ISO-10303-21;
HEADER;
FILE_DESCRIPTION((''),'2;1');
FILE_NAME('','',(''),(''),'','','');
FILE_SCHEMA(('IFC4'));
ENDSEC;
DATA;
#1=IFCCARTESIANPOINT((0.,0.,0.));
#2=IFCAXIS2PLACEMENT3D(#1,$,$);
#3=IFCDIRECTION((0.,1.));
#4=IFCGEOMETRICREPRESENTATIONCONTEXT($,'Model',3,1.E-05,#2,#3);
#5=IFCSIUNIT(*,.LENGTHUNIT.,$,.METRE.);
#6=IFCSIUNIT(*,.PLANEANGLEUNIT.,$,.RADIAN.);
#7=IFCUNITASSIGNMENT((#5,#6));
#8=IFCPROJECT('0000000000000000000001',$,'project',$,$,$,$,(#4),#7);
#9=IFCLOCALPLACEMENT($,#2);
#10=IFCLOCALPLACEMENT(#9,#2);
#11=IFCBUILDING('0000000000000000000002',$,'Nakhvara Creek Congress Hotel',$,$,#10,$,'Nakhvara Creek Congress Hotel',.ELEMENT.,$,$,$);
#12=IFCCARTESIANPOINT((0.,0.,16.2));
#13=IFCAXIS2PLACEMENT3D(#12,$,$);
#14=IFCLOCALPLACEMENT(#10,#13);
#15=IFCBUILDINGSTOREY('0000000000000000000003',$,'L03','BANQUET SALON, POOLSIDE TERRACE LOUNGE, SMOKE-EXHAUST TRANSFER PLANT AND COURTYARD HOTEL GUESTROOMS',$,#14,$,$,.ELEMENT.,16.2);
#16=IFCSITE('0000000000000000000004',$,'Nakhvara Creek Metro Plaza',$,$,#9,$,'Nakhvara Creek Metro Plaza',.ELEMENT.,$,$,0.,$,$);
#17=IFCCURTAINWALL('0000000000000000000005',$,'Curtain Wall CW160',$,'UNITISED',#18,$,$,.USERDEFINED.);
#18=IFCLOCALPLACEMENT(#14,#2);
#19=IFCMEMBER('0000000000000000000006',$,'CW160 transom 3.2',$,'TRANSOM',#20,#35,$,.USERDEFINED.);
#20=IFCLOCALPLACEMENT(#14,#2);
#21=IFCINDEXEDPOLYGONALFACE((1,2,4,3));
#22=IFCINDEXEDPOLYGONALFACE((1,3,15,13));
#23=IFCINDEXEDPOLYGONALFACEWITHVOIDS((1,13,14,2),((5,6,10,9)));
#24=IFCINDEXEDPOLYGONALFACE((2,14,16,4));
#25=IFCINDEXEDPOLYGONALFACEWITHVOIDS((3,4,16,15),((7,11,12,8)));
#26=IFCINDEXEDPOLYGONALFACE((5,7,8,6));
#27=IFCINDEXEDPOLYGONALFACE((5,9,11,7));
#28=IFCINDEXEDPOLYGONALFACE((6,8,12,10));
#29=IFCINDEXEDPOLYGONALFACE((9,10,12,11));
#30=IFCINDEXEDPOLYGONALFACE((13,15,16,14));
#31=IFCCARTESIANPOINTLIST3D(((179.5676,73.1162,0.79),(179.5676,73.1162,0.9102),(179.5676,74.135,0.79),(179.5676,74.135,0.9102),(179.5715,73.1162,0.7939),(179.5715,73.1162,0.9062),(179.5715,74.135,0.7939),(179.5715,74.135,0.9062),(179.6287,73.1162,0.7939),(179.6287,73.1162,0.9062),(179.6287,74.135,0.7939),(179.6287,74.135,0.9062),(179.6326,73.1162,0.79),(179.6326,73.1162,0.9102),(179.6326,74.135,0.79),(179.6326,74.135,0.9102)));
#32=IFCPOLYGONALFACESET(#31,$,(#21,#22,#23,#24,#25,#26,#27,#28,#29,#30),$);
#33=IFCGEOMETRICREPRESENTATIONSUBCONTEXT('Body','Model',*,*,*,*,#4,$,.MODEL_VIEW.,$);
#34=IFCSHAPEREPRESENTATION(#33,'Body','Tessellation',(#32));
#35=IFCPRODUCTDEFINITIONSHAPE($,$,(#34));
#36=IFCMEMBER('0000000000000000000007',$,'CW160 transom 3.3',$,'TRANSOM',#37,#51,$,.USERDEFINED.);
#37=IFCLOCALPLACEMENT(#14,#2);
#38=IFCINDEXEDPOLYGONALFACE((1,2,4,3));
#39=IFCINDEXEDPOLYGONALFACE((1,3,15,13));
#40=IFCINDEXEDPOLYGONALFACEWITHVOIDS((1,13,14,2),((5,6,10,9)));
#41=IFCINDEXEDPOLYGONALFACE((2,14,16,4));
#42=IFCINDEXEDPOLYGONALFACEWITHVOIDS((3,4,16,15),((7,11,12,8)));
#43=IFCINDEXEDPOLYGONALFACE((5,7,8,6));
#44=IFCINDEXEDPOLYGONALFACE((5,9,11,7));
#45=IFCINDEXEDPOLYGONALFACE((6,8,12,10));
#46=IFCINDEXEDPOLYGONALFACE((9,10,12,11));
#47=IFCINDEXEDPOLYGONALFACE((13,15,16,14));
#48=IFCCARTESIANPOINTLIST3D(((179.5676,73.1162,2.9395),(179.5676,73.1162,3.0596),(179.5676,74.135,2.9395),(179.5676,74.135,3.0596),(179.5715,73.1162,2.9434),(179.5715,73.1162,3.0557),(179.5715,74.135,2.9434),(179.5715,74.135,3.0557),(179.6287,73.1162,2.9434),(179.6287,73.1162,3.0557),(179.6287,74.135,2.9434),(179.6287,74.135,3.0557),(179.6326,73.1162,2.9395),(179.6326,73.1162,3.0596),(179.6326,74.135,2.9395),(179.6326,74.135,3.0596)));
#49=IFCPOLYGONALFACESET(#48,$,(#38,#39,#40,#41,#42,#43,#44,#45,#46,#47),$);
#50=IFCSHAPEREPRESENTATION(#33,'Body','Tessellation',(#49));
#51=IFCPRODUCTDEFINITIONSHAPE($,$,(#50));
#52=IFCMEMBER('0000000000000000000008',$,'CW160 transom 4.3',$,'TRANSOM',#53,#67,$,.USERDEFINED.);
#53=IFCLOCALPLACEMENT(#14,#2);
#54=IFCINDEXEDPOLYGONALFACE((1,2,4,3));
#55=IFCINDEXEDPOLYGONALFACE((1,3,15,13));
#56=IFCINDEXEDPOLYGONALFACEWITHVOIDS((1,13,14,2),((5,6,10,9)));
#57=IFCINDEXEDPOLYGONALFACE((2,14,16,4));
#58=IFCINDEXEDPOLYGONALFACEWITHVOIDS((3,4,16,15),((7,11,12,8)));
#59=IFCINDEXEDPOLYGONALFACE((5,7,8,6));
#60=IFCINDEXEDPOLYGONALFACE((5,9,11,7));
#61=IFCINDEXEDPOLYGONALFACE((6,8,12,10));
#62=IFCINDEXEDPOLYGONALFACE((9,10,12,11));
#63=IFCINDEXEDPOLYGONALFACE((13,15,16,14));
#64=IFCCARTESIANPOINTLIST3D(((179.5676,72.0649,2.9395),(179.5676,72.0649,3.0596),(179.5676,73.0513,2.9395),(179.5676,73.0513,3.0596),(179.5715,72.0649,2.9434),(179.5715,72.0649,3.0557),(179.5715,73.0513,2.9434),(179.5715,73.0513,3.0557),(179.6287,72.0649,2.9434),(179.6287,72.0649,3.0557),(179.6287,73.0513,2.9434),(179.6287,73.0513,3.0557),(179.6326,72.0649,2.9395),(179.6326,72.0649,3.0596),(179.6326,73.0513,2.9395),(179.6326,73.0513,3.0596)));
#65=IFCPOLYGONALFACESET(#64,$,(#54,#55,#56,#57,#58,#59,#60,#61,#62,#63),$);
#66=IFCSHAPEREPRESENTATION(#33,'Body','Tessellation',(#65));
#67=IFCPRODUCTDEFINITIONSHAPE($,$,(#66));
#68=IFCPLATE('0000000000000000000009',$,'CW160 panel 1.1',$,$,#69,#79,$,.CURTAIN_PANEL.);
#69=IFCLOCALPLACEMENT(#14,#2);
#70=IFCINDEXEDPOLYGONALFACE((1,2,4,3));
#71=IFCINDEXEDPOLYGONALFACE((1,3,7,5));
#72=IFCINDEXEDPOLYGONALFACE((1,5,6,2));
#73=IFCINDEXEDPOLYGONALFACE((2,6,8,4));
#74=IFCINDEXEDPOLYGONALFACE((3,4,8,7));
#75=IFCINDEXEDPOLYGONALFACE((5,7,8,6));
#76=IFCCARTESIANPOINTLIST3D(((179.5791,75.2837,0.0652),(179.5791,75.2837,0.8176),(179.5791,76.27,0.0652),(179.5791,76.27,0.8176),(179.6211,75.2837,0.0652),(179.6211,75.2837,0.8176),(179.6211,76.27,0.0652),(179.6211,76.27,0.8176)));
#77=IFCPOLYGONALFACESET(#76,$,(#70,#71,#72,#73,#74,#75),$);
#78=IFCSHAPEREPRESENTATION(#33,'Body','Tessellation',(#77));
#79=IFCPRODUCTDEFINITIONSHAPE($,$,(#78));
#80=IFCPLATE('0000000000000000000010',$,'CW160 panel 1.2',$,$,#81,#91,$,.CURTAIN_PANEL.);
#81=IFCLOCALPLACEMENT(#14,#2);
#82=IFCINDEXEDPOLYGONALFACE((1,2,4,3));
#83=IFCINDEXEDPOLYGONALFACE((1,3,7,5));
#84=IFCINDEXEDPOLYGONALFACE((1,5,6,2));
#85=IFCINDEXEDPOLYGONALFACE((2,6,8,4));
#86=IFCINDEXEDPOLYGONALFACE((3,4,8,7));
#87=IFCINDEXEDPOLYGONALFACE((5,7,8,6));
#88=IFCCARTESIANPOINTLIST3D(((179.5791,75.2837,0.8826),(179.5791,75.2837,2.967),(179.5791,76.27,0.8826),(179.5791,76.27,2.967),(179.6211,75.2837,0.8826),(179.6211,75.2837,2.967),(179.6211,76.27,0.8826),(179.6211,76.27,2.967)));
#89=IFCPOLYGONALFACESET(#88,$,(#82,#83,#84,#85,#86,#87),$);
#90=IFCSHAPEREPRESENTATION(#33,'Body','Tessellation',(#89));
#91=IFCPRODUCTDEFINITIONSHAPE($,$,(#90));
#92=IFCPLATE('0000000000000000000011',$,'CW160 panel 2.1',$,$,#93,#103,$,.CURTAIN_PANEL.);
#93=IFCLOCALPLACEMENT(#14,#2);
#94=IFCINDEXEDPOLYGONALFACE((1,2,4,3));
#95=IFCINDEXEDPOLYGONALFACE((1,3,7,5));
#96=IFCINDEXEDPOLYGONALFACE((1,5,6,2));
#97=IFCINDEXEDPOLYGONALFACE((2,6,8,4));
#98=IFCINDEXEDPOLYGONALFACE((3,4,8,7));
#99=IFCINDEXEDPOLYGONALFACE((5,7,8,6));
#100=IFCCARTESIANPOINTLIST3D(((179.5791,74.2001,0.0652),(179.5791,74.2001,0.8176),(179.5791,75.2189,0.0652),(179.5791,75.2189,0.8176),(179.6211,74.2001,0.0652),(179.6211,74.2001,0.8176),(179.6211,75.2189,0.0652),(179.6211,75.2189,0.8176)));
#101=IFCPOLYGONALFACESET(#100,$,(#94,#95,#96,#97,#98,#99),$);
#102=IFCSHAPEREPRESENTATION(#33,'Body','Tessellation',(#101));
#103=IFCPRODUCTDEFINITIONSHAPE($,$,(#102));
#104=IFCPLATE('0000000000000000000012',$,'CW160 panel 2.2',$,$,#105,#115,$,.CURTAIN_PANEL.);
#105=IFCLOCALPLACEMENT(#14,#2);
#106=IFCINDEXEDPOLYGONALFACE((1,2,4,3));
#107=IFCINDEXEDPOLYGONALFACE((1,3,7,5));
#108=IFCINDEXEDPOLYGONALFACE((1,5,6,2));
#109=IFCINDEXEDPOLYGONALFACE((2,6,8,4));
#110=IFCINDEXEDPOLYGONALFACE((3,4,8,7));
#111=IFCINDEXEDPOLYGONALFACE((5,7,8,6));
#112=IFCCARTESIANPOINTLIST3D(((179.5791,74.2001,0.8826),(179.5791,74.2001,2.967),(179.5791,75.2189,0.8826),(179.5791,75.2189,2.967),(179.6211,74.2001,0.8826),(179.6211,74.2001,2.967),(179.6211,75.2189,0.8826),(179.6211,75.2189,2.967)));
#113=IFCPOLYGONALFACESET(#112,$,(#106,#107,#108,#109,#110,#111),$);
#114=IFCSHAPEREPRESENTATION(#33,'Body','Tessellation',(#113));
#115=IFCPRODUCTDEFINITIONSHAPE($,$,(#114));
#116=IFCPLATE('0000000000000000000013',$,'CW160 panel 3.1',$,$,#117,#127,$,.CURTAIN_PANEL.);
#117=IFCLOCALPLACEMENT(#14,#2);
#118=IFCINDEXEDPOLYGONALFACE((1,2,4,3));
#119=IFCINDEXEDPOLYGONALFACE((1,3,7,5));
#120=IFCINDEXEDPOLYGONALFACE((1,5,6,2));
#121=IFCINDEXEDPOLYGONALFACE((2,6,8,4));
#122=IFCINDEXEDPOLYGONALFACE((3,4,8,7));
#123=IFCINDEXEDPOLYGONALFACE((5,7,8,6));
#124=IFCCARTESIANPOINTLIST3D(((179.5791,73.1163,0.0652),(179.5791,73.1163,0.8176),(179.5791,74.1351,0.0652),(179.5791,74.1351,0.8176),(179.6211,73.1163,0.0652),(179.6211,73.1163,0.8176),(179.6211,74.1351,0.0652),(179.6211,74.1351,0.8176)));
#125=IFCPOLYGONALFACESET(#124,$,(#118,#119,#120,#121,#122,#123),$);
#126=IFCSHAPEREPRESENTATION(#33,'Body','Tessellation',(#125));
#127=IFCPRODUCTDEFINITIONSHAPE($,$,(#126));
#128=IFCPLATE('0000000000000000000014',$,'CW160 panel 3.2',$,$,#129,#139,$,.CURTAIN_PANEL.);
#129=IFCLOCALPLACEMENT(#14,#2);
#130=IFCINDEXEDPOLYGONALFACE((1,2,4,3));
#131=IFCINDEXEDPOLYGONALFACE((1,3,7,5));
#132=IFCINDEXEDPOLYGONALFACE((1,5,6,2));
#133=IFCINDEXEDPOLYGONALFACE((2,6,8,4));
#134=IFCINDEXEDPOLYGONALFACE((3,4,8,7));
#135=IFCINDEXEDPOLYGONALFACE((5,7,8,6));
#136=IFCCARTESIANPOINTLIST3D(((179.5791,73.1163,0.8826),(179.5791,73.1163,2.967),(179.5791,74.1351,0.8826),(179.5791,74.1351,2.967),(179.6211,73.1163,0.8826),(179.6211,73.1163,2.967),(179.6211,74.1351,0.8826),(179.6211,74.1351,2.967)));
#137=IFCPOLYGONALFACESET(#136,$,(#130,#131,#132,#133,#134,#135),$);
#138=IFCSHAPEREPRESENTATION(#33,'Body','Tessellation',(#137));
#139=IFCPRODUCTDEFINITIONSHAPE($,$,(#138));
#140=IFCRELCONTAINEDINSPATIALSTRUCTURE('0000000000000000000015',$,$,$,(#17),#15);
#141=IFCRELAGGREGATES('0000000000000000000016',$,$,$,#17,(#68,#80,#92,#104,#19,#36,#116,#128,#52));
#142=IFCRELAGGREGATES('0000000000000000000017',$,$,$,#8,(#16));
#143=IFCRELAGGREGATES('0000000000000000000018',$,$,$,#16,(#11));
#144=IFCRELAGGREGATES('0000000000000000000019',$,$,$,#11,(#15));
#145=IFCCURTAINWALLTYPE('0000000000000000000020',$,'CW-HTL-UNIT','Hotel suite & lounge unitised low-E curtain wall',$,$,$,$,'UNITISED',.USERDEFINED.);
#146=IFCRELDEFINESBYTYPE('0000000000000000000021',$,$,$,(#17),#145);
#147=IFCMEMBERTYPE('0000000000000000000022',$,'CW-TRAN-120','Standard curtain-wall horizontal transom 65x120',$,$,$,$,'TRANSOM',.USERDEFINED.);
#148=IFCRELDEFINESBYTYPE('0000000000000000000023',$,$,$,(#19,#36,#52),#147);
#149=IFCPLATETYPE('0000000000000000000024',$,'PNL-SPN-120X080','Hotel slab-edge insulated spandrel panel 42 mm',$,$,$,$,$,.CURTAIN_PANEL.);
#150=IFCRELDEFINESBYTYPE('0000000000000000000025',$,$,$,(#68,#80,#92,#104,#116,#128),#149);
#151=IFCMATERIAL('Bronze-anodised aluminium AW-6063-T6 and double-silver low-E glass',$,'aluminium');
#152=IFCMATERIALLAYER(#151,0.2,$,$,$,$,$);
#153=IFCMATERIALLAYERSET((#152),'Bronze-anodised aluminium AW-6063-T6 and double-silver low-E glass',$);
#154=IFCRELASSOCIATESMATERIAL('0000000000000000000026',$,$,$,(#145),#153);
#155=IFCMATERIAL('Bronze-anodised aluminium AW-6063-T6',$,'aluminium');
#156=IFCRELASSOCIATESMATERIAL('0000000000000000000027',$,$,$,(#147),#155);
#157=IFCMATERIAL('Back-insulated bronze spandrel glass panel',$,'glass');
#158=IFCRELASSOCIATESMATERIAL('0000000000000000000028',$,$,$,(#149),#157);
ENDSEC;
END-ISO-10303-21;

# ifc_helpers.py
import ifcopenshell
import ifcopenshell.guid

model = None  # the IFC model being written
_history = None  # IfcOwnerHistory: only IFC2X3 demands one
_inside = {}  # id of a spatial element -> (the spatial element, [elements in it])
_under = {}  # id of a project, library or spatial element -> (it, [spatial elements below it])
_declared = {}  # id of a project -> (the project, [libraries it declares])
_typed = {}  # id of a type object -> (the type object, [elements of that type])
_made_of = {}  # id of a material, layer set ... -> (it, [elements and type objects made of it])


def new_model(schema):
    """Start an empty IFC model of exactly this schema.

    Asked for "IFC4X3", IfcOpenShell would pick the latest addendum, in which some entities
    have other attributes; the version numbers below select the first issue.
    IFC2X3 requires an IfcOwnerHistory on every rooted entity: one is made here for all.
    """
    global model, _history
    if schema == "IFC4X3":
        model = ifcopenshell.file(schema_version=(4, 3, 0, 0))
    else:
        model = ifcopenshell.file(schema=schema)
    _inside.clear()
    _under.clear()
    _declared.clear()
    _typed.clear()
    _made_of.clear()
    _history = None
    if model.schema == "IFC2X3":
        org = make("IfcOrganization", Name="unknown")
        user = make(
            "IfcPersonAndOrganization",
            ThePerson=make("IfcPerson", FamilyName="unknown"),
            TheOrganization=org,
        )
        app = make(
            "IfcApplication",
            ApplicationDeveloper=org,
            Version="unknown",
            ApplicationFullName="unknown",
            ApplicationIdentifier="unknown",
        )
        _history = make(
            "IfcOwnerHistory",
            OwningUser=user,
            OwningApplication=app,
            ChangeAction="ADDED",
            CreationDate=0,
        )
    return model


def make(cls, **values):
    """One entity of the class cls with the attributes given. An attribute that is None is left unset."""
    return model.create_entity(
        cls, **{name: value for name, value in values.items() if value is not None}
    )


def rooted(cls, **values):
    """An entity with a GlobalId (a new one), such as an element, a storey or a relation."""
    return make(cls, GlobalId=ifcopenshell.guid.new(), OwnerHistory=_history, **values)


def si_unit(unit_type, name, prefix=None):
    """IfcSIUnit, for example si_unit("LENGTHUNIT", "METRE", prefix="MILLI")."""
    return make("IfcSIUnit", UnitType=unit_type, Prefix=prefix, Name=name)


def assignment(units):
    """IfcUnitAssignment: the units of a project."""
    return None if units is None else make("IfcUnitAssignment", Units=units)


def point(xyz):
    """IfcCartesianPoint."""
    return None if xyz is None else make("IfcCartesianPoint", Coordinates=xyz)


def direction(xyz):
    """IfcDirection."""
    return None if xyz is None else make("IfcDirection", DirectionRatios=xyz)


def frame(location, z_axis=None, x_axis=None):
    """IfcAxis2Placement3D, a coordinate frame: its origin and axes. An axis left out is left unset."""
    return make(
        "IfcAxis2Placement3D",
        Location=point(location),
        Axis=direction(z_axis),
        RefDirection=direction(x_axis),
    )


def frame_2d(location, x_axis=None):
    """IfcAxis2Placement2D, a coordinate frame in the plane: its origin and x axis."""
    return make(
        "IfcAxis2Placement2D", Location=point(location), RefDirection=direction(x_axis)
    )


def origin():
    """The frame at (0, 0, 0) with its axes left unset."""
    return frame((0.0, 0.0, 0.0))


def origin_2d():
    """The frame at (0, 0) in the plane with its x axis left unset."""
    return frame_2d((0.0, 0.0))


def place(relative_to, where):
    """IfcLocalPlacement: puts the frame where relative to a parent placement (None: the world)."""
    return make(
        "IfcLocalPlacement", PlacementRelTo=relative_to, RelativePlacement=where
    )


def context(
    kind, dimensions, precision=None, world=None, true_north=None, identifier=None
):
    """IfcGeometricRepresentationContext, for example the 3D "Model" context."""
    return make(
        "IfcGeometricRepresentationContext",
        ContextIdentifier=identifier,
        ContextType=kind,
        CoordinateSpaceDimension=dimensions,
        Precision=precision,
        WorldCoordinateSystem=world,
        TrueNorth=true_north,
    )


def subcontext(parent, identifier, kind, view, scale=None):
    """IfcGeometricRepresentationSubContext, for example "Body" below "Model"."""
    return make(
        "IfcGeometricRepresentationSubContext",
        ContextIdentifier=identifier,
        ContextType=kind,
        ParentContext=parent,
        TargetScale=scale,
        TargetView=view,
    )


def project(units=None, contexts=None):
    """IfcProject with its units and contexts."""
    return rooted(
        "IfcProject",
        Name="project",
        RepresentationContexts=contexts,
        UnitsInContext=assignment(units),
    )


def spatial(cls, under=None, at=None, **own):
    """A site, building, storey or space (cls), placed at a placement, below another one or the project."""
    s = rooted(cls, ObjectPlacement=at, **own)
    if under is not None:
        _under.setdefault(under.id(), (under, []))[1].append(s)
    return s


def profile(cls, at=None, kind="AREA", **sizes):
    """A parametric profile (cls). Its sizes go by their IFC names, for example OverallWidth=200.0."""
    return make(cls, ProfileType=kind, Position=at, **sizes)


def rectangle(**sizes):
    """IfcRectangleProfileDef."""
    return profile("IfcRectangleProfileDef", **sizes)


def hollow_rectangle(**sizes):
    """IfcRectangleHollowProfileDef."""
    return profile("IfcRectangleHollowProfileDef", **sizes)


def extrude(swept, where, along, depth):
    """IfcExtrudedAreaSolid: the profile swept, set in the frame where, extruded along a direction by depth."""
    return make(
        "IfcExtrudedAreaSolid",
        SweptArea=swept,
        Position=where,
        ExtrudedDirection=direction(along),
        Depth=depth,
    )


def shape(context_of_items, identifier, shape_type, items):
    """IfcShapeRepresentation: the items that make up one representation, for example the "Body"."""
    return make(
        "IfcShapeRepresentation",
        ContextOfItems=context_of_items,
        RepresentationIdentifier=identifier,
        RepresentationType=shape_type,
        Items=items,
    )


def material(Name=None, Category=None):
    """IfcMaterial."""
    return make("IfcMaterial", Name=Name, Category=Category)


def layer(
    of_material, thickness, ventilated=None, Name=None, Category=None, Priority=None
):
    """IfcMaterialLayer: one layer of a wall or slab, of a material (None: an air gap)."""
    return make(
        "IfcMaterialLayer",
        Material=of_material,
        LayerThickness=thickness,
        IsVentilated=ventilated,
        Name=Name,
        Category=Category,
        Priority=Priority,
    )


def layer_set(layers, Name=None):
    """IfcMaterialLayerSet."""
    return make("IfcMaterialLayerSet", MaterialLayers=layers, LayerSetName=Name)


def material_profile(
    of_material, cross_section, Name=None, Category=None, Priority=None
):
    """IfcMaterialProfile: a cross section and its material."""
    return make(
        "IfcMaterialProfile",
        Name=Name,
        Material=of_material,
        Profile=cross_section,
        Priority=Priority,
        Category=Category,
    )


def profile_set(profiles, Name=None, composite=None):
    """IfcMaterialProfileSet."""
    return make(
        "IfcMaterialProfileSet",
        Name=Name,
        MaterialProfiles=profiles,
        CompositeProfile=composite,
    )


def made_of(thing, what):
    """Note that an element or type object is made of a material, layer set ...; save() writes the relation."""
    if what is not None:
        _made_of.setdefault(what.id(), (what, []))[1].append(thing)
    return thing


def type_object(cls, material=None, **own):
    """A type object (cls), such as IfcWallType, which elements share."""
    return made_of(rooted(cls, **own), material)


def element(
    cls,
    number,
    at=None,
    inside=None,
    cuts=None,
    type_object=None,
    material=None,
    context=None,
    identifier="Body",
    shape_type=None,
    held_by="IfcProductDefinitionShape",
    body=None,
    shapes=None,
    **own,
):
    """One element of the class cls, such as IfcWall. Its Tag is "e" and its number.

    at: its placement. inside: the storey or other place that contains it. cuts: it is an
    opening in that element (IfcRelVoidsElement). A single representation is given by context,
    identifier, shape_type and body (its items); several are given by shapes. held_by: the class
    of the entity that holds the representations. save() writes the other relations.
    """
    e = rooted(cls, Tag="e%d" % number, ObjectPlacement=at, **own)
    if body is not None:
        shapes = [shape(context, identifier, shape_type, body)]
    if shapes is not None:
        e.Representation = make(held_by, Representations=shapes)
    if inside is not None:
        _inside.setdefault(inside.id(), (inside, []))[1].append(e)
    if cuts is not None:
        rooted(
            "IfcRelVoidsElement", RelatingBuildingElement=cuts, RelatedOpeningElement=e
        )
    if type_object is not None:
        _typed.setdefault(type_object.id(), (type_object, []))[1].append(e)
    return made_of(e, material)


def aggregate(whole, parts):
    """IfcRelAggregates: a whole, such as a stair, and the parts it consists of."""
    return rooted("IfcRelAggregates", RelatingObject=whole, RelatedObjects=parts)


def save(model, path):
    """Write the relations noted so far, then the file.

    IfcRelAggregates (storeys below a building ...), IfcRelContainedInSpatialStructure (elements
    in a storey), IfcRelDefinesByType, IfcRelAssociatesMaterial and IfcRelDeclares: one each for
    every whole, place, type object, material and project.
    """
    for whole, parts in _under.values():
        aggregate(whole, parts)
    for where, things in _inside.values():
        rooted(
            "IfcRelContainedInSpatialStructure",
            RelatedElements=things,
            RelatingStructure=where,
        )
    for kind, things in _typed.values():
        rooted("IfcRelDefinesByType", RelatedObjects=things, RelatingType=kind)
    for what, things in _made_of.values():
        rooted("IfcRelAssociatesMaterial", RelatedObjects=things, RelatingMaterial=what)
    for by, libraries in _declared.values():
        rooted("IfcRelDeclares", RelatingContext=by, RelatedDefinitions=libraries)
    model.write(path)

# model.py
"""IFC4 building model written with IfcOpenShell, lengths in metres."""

from ifc_helpers import new_model, si_unit, direction, frame, origin, origin_2d, place, context, subcontext, project, spatial, rectangle, hollow_rectangle, extrude, material, layer, layer_set, material_profile, profile_set, type_object, element, aggregate, save


model = new_model("IFC4")

# Units and contexts
model_context = context("Model", 3, precision=1e-05, world=origin(), true_north=direction((0.0, 1.0)))
body_context = subcontext(model_context, "Body", "Model", "MODEL_VIEW")
ifc_project = project(units=[si_unit("LENGTHUNIT", "METRE"), si_unit("PLANEANGLEUNIT", "RADIAN")], contexts=[model_context])

# Site, building, storey
site_placement = place(None, origin())
site = spatial("IfcSite", under=ifc_project, at=site_placement, Name="Nakhvara Creek Metro Plaza", LongName="Nakhvara Creek Metro Plaza", CompositionType="ELEMENT", RefElevation=0.0)
building_placement = place(site_placement, origin())
building = spatial("IfcBuilding", under=site, at=building_placement, Name="Nakhvara Creek Congress Hotel", LongName="Nakhvara Creek Congress Hotel", CompositionType="ELEMENT")
storey_placement = place(building_placement, frame((0.0, 0.0, 16.2)))
storey = spatial("IfcBuildingStorey", under=building, at=storey_placement, Name="L03", Description="BANQUET SALON, POOLSIDE TERRACE LOUNGE, SMOKE-EXHAUST TRANSFER PLANT AND COURTYARD HOTEL GUESTROOMS", CompositionType="ELEMENT", Elevation=16.2)

# Curtain wall, members, plates
ifc_material_1 = material(Name="Bronze-anodised aluminium AW-6063-T6 and double-silver low-E glass", Category="aluminium")
ifc_layer = layer(ifc_material_1, 0.2)
ifc_layer_set = layer_set([ifc_layer], Name="Bronze-anodised aluminium AW-6063-T6 and double-silver low-E glass")
curtain_wall_type = type_object("IfcCurtainWallType", Name="CW-HTL-UNIT", Description="Hotel suite & lounge unitised low-E curtain wall", ElementType="UNITISED", PredefinedType="USERDEFINED", material=ifc_layer_set)
curtain_wall_placement = place(storey_placement, origin())
curtain_wall = element("IfcCurtainWall", 1, at=curtain_wall_placement, inside=storey, type_object=curtain_wall_type, Name="Curtain Wall CW160", ObjectType="UNITISED", PredefinedType="USERDEFINED")
ifc_material_2 = material(Name="Bronze-anodised aluminium AW-6063-T6", Category="aluminium")
ifc_material_profile_1 = material_profile(ifc_material_2, hollow_rectangle(XDim=0.0649, YDim=0.1201, WallThickness=0.0039, at=origin_2d()), Name="ALU-TRAN 65x120x4", Category="LoadBearing")
ifc_profile_set_1 = profile_set([ifc_material_profile_1], Name="Bronze-anodised aluminium AW-6063-T6")
member_type_1 = type_object("IfcMemberType", Name="CW-TRAN-120", Description="Standard curtain-wall horizontal transom 65x120", ElementType="TRANSOM", PredefinedType="USERDEFINED", material=ifc_profile_set_1)
member_1_placement = place(storey_placement, frame((179.6001, 74.135, 0.8501), z_axis=(0.0, -1.0, 0.0), x_axis=(1.0, 0.0, 0.0)))
member_1 = element("IfcMember", 2, at=member_1_placement, type_object=member_type_1, Name="CW160 transom 3.2", ObjectType="TRANSOM", PredefinedType="USERDEFINED", context=body_context, shape_type="SweptSolid", body=[
    extrude(hollow_rectangle(XDim=0.0649, YDim=0.1201, WallThickness=0.0039, at=origin_2d()), origin(), (0.0, 0.0, 1.0), 1.0188),
])
member_2_placement = place(storey_placement, frame((179.6001, 74.135, 2.9995), z_axis=(0.0, -1.0, 0.0), x_axis=(1.0, 0.0, 0.0)))
member_2 = element("IfcMember", 3, at=member_2_placement, type_object=member_type_1, Name="CW160 transom 3.3", ObjectType="TRANSOM", PredefinedType="USERDEFINED", context=body_context, shape_type="SweptSolid", body=[
    extrude(hollow_rectangle(XDim=0.0649, YDim=0.1201, WallThickness=0.0039, at=origin_2d()), origin(), (0.0, 0.0, 1.0), 1.0188),
])
member_3_placement = place(storey_placement, frame((179.6001, 73.0513, 2.9995), z_axis=(0.0, -1.0, 0.0), x_axis=(1.0, 0.0, 0.0)))
member_3 = element("IfcMember", 4, at=member_3_placement, type_object=member_type_1, Name="CW160 transom 4.3", ObjectType="TRANSOM", PredefinedType="USERDEFINED", context=body_context, shape_type="SweptSolid", body=[
    extrude(hollow_rectangle(XDim=0.0649, YDim=0.1201, WallThickness=0.0039, at=origin_2d()), origin(), (0.0, 0.0, 1.0), 0.9863),
])
ifc_material_3 = material(Name="Back-insulated bronze spandrel glass panel", Category="glass")
plate_type = type_object("IfcPlateType", Name="PNL-SPN-120X080", Description="Hotel slab-edge insulated spandrel panel 42 mm", PredefinedType="CURTAIN_PANEL", material=ifc_material_3)
plate_1_placement = place(storey_placement, frame((179.6001, 75.7769, 0.0652), z_axis=(0.0, 0.0, 1.0), x_axis=(0.0, -1.0, 0.0)))
plate_1 = element("IfcPlate", 5, at=plate_1_placement, type_object=plate_type, Name="CW160 panel 1.1", PredefinedType="CURTAIN_PANEL", context=body_context, shape_type="SweptSolid", body=[
    extrude(rectangle(XDim=0.9863, YDim=0.042, at=origin_2d()), origin(), (0.0, 0.0, 1.0), 0.7524),
])
plate_2_placement = place(storey_placement, frame((179.6001, 75.7769, 0.8826), z_axis=(0.0, 0.0, 1.0), x_axis=(0.0, -1.0, 0.0)))
plate_2 = element("IfcPlate", 6, at=plate_2_placement, type_object=plate_type, Name="CW160 panel 1.2", PredefinedType="CURTAIN_PANEL", context=body_context, shape_type="SweptSolid", body=[
    extrude(rectangle(XDim=0.9863, YDim=0.042, at=origin_2d()), origin(), (0.0, 0.0, 1.0), 2.0845),
])
plate_3_placement = place(storey_placement, frame((179.6001, 74.7095, 0.0652), z_axis=(0.0, 0.0, 1.0), x_axis=(0.0, -1.0, 0.0)))
plate_3 = element("IfcPlate", 7, at=plate_3_placement, type_object=plate_type, Name="CW160 panel 2.1", PredefinedType="CURTAIN_PANEL", context=body_context, shape_type="SweptSolid", body=[
    extrude(rectangle(XDim=1.0188, YDim=0.042, at=origin_2d()), origin(), (0.0, 0.0, 1.0), 0.7524),
])
plate_4_placement = place(storey_placement, frame((179.6001, 74.7095, 0.8826), z_axis=(0.0, 0.0, 1.0), x_axis=(0.0, -1.0, 0.0)))
plate_4 = element("IfcPlate", 8, at=plate_4_placement, type_object=plate_type, Name="CW160 panel 2.2", PredefinedType="CURTAIN_PANEL", context=body_context, shape_type="SweptSolid", body=[
    extrude(rectangle(XDim=1.0188, YDim=0.042, at=origin_2d()), origin(), (0.0, 0.0, 1.0), 2.0845),
])
plate_5_placement = place(storey_placement, frame((179.6001, 73.6257, 0.0652), z_axis=(0.0, 0.0, 1.0), x_axis=(0.0, -1.0, 0.0)))
plate_5 = element("IfcPlate", 9, at=plate_5_placement, type_object=plate_type, Name="CW160 panel 3.1", PredefinedType="CURTAIN_PANEL", context=body_context, shape_type="SweptSolid", body=[
    extrude(rectangle(XDim=1.0188, YDim=0.042, at=origin_2d()), origin(), (0.0, 0.0, 1.0), 0.7524),
])
plate_6_placement = place(storey_placement, frame((179.6001, 73.6257, 0.8826), z_axis=(0.0, 0.0, 1.0), x_axis=(0.0, -1.0, 0.0)))
plate_6 = element("IfcPlate", 10, at=plate_6_placement, type_object=plate_type, Name="CW160 panel 3.2", PredefinedType="CURTAIN_PANEL", context=body_context, shape_type="SweptSolid", body=[
    extrude(rectangle(XDim=1.0188, YDim=0.042, at=origin_2d()), origin(), (0.0, 0.0, 1.0), 2.0845),
])
aggregate(curtain_wall, [plate_1, plate_2, plate_3, plate_4, member_1, member_2, plate_5, plate_6, member_3])

save(model, "model.ifc")
